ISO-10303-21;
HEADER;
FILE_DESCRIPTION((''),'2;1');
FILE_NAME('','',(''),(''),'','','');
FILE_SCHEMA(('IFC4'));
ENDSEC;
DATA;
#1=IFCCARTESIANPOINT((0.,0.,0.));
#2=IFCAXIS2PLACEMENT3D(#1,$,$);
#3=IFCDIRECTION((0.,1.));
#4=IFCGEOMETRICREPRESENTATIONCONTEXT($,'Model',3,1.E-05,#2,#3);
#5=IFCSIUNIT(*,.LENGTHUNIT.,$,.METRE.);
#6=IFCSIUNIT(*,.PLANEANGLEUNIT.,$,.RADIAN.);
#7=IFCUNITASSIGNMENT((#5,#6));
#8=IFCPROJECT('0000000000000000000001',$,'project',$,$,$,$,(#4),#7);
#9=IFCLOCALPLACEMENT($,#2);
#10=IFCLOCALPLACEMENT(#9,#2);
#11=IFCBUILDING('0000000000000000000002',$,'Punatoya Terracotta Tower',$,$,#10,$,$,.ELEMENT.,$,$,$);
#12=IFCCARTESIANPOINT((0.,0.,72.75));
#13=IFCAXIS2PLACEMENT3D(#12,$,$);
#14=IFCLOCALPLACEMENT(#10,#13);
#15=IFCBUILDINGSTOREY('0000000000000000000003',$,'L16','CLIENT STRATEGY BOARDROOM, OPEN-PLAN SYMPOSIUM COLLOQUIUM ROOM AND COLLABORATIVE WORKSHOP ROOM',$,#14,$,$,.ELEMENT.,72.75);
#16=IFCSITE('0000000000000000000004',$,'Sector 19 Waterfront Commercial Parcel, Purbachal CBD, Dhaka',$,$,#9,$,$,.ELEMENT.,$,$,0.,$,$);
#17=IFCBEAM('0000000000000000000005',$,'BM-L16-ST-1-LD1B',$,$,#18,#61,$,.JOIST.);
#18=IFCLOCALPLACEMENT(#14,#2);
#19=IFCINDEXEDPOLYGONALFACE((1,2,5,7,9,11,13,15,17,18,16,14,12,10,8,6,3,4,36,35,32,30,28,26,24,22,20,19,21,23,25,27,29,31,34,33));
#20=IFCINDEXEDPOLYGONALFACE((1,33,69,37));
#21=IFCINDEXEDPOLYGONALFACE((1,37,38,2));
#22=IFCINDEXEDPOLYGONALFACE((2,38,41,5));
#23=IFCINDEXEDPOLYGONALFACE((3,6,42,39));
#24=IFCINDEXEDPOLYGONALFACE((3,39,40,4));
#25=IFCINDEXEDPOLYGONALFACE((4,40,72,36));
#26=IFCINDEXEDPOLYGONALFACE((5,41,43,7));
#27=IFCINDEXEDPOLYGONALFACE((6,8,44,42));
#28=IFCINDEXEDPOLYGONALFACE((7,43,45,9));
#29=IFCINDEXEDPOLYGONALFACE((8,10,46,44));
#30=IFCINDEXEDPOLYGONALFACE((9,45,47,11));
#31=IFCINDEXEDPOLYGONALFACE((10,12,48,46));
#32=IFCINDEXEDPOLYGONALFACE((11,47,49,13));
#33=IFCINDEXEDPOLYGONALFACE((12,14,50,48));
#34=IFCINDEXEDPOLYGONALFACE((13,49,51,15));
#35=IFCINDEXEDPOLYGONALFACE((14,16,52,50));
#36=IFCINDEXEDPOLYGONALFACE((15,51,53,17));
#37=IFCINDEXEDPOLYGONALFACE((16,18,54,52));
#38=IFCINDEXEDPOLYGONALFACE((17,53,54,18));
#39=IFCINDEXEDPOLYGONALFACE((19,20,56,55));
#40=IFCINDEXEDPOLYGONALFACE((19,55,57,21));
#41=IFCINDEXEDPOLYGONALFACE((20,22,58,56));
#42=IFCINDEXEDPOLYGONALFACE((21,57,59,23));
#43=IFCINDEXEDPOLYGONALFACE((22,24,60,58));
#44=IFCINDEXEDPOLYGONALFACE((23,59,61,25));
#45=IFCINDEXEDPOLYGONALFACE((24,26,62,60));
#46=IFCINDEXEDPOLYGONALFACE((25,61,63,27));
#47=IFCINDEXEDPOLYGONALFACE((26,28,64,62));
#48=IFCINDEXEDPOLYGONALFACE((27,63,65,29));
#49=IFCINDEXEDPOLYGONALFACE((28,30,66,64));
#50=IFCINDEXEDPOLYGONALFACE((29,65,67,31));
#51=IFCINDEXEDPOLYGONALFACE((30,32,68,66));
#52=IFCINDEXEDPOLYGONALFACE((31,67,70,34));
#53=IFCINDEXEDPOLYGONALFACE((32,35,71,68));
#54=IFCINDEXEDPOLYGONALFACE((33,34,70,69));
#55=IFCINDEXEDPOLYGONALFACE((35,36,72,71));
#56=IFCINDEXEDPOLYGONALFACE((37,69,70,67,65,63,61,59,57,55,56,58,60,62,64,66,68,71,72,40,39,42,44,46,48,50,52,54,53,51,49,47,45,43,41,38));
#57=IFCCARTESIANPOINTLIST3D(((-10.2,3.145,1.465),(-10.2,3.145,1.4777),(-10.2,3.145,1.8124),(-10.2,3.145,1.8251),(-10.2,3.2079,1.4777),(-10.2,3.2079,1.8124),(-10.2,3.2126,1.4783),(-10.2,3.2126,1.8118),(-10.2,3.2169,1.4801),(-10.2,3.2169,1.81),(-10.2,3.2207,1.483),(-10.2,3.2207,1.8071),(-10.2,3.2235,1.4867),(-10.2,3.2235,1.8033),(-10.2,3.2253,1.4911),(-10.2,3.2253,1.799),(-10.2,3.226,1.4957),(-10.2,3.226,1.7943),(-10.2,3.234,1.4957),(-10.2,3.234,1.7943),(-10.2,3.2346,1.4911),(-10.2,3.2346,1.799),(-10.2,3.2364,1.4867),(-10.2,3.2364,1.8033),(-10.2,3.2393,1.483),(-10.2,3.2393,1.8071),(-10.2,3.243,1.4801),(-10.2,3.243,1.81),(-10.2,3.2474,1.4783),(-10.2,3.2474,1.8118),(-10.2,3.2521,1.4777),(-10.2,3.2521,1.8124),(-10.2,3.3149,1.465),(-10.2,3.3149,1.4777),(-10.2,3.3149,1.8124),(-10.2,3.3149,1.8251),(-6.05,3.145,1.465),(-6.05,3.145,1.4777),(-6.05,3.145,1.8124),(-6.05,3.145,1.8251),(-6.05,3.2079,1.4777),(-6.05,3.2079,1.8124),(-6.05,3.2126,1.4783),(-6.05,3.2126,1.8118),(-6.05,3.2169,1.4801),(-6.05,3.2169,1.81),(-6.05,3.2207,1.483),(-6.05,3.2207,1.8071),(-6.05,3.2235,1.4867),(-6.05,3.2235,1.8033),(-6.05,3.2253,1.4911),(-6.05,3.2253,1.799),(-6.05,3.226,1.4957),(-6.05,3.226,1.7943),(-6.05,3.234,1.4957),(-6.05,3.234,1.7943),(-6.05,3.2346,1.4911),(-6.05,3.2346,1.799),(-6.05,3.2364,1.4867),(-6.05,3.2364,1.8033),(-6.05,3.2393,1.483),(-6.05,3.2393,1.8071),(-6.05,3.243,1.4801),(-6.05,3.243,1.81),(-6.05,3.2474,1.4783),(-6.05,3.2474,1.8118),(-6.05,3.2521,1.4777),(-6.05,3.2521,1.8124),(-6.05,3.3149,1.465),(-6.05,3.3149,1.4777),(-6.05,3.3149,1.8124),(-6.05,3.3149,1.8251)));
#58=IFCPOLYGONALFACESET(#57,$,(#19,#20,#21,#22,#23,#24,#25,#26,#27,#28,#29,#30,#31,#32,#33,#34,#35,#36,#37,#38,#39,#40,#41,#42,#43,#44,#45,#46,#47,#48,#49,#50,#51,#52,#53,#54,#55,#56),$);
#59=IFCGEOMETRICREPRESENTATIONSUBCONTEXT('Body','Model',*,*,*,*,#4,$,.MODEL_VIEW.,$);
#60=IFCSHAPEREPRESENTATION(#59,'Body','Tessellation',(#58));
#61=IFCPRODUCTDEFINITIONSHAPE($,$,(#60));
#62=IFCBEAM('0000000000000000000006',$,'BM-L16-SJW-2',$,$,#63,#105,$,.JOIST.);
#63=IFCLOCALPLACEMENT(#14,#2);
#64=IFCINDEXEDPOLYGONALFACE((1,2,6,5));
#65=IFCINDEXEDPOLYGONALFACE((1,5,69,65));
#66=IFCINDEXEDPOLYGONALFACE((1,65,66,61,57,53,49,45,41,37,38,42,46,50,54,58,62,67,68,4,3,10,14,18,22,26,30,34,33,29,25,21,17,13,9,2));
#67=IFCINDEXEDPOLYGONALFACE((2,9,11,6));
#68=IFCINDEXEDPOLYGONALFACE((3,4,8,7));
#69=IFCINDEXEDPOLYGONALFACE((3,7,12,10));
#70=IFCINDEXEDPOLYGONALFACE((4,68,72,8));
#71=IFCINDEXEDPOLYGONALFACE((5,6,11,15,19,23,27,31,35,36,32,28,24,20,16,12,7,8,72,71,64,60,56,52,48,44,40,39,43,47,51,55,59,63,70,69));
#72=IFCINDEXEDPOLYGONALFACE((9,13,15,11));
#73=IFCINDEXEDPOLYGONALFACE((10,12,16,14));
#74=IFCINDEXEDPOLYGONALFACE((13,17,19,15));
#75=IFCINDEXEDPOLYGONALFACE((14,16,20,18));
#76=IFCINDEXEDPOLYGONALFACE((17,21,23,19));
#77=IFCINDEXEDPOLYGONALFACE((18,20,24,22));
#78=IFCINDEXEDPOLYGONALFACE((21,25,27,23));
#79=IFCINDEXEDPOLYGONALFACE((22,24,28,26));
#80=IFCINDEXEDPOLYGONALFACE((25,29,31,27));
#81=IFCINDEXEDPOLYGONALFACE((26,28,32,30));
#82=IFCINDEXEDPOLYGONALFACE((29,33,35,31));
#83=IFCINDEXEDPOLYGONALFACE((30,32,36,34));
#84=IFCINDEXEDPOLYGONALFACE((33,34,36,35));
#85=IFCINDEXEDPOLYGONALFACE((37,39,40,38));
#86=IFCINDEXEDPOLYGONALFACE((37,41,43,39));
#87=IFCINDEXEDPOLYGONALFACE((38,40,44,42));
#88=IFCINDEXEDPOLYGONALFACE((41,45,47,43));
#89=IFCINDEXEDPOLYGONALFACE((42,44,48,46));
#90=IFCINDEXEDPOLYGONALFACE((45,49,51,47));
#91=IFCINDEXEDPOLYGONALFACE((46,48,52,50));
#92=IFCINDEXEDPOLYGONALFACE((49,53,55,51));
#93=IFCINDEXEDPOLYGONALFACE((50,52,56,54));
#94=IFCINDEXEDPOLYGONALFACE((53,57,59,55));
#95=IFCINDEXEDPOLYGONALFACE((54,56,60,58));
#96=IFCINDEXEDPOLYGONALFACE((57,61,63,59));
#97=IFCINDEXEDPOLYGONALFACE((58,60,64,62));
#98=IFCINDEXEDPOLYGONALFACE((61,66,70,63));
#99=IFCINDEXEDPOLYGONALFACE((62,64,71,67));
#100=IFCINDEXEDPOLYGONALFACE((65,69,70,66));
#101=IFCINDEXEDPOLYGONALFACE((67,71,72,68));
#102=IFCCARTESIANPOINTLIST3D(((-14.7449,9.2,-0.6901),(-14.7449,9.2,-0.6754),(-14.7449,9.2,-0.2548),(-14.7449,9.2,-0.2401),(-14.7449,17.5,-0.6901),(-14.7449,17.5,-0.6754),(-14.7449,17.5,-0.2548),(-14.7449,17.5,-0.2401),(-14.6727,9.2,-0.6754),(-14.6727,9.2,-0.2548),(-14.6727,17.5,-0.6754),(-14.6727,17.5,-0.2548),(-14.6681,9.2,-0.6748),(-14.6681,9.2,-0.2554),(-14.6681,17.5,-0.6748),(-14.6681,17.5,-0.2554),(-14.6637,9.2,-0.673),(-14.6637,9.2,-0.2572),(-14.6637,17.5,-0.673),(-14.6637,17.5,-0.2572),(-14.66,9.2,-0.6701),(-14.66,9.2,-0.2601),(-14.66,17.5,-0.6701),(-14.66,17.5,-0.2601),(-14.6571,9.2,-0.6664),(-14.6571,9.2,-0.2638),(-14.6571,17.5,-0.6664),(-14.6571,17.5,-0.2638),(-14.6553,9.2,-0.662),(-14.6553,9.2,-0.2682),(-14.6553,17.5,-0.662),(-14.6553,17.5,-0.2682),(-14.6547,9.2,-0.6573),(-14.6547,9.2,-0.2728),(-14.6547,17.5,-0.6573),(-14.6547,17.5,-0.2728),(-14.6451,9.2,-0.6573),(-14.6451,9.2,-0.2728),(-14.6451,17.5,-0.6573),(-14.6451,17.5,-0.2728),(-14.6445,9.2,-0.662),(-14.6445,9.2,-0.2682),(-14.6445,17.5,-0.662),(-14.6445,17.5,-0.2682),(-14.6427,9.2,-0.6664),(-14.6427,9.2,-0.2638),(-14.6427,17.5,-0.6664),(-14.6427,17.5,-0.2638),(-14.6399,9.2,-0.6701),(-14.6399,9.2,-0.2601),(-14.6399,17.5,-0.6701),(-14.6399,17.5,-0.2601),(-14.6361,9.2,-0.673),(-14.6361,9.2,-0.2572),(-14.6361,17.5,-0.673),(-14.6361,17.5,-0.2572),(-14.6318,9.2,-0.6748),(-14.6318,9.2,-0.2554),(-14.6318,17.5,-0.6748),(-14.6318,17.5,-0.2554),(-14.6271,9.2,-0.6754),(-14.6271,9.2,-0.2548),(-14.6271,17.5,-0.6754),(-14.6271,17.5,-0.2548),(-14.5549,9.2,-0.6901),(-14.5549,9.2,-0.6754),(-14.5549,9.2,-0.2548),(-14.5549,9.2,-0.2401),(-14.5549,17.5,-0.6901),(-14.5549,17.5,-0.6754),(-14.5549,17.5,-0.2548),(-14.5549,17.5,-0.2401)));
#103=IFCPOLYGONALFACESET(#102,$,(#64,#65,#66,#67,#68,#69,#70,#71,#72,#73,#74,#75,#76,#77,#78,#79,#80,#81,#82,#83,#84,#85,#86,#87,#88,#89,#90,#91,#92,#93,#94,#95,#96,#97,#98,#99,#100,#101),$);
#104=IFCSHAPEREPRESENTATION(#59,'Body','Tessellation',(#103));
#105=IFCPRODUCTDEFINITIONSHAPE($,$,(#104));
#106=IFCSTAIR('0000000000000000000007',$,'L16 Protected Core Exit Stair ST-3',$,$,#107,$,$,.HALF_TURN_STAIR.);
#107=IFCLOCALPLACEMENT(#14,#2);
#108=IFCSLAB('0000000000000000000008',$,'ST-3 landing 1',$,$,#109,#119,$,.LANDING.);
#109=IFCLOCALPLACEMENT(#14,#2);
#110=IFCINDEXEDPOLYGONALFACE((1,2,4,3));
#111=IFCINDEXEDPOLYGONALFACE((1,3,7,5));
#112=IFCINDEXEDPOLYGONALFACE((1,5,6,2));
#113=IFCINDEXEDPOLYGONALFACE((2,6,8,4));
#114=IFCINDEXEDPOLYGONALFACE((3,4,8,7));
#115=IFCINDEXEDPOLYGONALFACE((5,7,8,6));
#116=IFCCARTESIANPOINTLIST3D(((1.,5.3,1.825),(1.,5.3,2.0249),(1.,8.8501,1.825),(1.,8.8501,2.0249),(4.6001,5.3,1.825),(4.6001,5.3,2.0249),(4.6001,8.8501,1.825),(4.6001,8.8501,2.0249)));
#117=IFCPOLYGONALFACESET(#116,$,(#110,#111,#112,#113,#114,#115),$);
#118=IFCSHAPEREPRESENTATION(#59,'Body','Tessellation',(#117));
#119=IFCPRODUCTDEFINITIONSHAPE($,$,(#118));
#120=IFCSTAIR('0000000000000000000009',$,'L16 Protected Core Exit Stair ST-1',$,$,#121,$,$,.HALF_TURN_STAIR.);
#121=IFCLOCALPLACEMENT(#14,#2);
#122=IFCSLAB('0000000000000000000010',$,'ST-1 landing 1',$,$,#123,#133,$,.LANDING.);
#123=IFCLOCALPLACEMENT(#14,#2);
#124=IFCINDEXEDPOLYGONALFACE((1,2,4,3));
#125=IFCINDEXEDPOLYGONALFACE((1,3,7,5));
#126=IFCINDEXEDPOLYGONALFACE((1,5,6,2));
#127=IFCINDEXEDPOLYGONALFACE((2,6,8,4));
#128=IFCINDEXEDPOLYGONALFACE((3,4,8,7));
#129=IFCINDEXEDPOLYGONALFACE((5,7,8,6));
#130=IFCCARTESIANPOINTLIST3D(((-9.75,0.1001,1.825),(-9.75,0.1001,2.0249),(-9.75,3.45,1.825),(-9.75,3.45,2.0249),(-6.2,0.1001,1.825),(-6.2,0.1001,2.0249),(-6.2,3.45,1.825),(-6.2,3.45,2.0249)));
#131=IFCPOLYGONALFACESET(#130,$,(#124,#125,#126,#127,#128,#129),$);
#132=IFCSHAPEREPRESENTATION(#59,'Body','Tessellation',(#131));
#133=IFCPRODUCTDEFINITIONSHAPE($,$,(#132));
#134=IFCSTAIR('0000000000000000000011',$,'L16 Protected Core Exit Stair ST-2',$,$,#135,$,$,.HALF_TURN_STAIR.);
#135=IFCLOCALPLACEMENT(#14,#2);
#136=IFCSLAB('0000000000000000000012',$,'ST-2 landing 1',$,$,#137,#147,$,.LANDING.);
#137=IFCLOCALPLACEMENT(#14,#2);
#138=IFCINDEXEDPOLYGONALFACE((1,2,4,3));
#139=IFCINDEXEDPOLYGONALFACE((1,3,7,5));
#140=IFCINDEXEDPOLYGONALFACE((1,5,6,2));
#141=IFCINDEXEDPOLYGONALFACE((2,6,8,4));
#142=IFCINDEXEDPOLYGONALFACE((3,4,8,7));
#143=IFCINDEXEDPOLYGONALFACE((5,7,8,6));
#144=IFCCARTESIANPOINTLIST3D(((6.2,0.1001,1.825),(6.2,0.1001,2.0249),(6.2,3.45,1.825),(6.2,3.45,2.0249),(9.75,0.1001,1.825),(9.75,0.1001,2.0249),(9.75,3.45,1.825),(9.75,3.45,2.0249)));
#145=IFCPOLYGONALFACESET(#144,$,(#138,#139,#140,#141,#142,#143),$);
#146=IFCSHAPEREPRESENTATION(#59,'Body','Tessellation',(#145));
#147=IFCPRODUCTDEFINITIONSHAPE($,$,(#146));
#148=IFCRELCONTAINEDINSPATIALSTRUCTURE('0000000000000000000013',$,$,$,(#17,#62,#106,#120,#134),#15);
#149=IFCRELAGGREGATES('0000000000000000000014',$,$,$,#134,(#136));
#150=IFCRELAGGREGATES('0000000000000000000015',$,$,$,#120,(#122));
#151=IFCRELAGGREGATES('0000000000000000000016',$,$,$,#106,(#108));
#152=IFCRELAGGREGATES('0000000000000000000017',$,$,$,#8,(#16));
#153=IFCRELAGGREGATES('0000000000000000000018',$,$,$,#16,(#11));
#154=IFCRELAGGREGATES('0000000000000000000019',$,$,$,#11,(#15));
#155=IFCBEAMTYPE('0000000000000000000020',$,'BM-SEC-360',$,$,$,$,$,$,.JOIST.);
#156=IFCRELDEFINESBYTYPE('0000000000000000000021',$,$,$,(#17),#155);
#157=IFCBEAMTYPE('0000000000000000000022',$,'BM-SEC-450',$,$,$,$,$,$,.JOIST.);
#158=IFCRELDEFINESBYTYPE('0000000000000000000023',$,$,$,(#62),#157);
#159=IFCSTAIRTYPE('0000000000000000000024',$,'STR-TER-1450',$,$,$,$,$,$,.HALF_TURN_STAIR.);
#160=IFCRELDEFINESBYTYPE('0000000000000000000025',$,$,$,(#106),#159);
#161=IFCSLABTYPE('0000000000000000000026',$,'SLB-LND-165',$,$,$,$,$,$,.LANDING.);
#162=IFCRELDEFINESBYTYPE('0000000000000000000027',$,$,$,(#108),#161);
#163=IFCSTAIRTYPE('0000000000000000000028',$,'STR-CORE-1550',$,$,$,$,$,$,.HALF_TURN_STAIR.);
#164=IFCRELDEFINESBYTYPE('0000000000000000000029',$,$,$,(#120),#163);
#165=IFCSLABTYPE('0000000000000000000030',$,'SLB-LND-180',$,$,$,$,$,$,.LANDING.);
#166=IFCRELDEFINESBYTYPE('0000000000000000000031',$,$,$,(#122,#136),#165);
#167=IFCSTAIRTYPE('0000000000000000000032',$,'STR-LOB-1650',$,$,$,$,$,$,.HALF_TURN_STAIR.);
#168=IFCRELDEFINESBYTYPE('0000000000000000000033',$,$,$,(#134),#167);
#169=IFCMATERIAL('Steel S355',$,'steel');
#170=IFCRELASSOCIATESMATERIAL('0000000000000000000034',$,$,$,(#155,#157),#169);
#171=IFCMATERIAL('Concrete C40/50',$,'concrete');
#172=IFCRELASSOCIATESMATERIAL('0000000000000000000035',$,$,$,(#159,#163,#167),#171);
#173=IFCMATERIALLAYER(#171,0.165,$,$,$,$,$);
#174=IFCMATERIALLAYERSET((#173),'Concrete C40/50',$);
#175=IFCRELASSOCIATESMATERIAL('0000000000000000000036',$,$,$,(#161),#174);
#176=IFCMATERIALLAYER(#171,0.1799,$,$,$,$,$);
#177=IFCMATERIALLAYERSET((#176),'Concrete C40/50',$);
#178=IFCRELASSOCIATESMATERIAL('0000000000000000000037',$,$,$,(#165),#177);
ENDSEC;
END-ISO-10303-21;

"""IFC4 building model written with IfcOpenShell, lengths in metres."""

from ifc_helpers import new_model, si_unit, direction, frame, origin, origin_2d, place, context, subcontext, project, spatial, polyline, i_section, outline, extrude, material, layer, layer_set, material_profile, profile_set, type_object, element, aggregate, save


model = new_model("IFC4")

# Units and contexts
model_context = context("Model", 3, precision=1e-05, world=origin(), true_north=direction((0.0, 1.0)))
body_context = subcontext(model_context, "Body", "Model", "MODEL_VIEW")
ifc_project = project(units=[si_unit("LENGTHUNIT", "METRE"), si_unit("PLANEANGLEUNIT", "RADIAN")], contexts=[model_context])

# Site, building, storey
site_placement = place(None, origin())
site = spatial("IfcSite", under=ifc_project, at=site_placement, Name="Sector 19 Waterfront Commercial Parcel, Purbachal CBD, Dhaka", CompositionType="ELEMENT", RefElevation=0.0)
building_placement = place(site_placement, origin())
building = spatial("IfcBuilding", under=site, at=building_placement, Name="Punatoya Terracotta Tower", CompositionType="ELEMENT")
storey_placement = place(building_placement, frame((0.0, 0.0, 72.75)))
storey = spatial("IfcBuildingStorey", under=building, at=storey_placement, Name="L16", Description="CLIENT STRATEGY BOARDROOM, OPEN-PLAN SYMPOSIUM COLLOQUIUM ROOM AND COLLABORATIVE WORKSHOP ROOM", CompositionType="ELEMENT", Elevation=72.75)

# Beams
ifc_material_1 = material(Name="Steel S355", Category="steel")
ifc_material_profile_1 = material_profile(ifc_material_1, i_section(OverallWidth=0.1699, OverallDepth=0.3601, WebThickness=0.0081, FlangeThickness=0.0127, FilletRadius=0.0181, at=origin_2d()))
ifc_profile_set_1 = profile_set([ifc_material_profile_1], Name="Steel S355")
beam_type_1 = type_object("IfcBeamType", Name="BM-SEC-360", PredefinedType="JOIST", material=ifc_profile_set_1)
for number, where, z_axis, x_axis, name in (
    (1, (-10.2, 3.23, 1.645), (1.0, 0.0, 0.0), (0.0, 1.0, 0.0), "BM-L16-ST-1-LD1B"),
):
    element("IfcBeam", number, at=place(storey_placement, frame(where, z_axis=z_axis, x_axis=x_axis)), inside=storey, type_object=beam_type_1, Name=name, PredefinedType="JOIST", context=body_context, shape_type="SweptSolid", body=[
        extrude(i_section(OverallWidth=0.1699, OverallDepth=0.3601, WebThickness=0.0081, FlangeThickness=0.0127, FilletRadius=0.0181, at=origin_2d()), origin(), (0.0, 0.0, 1.0), 4.1499),
    ])
ifc_material_profile_2 = material_profile(ifc_material_1, i_section(OverallWidth=0.1899, OverallDepth=0.45, WebThickness=0.0095, FlangeThickness=0.0146, FilletRadius=0.0181, at=origin_2d()))
ifc_profile_set_2 = profile_set([ifc_material_profile_2], Name="Steel S355")
beam_type_2 = type_object("IfcBeamType", Name="BM-SEC-450", PredefinedType="JOIST", material=ifc_profile_set_2)
beam_1_placement = place(storey_placement, frame((-14.6499, 9.2, -0.4651), z_axis=(0.0, 1.0, 0.0), x_axis=(-1.0, 0.0, 0.0)))
element("IfcBeam", 2, at=beam_1_placement, inside=storey, type_object=beam_type_2, Name="BM-L16-SJW-2", PredefinedType="JOIST", context=body_context, shape_type="SweptSolid", body=[
    extrude(i_section(OverallWidth=0.1899, OverallDepth=0.45, WebThickness=0.0095, FlangeThickness=0.0146, FilletRadius=0.0181, at=origin_2d()), origin(), (0.0, 0.0, 1.0), 8.3),
])

# Stairs, slabs
ifc_material_2 = material(Name="Concrete C40/50", Category="concrete")
stair_type_1 = type_object("IfcStairType", Name="STR-TER-1450", PredefinedType="HALF_TURN_STAIR", material=ifc_material_2)
stair_1_placement = place(storey_placement, origin())
stair_1 = element("IfcStair", 3, at=stair_1_placement, inside=storey, type_object=stair_type_1, Name="L16 Protected Core Exit Stair ST-3", PredefinedType="HALF_TURN_STAIR")
ifc_layer_1 = layer(ifc_material_2, 0.165)
ifc_layer_set_1 = layer_set([ifc_layer_1], Name="Concrete C40/50")
slab_type_1 = type_object("IfcSlabType", Name="SLB-LND-165", PredefinedType="LANDING", material=ifc_layer_set_1)
slab_1_placement = place(storey_placement, frame((0.0, 0.0, 1.825)))
slab_1 = element("IfcSlab", 4, at=slab_1_placement, type_object=slab_type_1, Name="ST-3 landing 1", PredefinedType="LANDING", context=body_context, shape_type="SweptSolid", body=[
    extrude(outline(polyline([(1.0, 5.3), (4.6001, 5.3), (4.6001, 8.8501), (1.0, 8.8501), (1.0, 5.3)])), origin(), (0.0, 0.0, 1.0), 0.2),
])
stair_type_2 = type_object("IfcStairType", Name="STR-CORE-1550", PredefinedType="HALF_TURN_STAIR", material=ifc_material_2)
stair_2_placement = place(storey_placement, origin())
stair_2 = element("IfcStair", 5, at=stair_2_placement, inside=storey, type_object=stair_type_2, Name="L16 Protected Core Exit Stair ST-1", PredefinedType="HALF_TURN_STAIR")
ifc_layer_2 = layer(ifc_material_2, 0.1799)
ifc_layer_set_2 = layer_set([ifc_layer_2], Name="Concrete C40/50")
slab_type_2 = type_object("IfcSlabType", Name="SLB-LND-180", PredefinedType="LANDING", material=ifc_layer_set_2)
slab_2_placement = place(storey_placement, frame((0.0, 0.0, 1.825)))
slab_2 = element("IfcSlab", 6, at=slab_2_placement, type_object=slab_type_2, Name="ST-1 landing 1", PredefinedType="LANDING", context=body_context, shape_type="SweptSolid", body=[
    extrude(outline(polyline([(-6.2, 0.1001), (-6.2, 3.45), (-9.75, 3.45), (-9.75, 0.1001), (-6.2, 0.1001)])), origin(), (0.0, 0.0, 1.0), 0.2),
])
stair_type_3 = type_object("IfcStairType", Name="STR-LOB-1650", PredefinedType="HALF_TURN_STAIR", material=ifc_material_2)
stair_3_placement = place(storey_placement, origin())
stair_3 = element("IfcStair", 7, at=stair_3_placement, inside=storey, type_object=stair_type_3, Name="L16 Protected Core Exit Stair ST-2", PredefinedType="HALF_TURN_STAIR")
slab_3_placement = place(storey_placement, frame((0.0, 0.0, 1.825)))
slab_3 = element("IfcSlab", 8, at=slab_3_placement, type_object=slab_type_2, Name="ST-2 landing 1", PredefinedType="LANDING", context=body_context, shape_type="SweptSolid", body=[
    extrude(outline(polyline([(9.75, 0.1001), (9.75, 3.45), (6.2, 3.45), (6.2, 0.1001), (9.75, 0.1001)])), origin(), (0.0, 0.0, 1.0), 0.2),
])
aggregate(stair_3, [slab_3])

aggregate(stair_2, [slab_2])
aggregate(stair_1, [slab_1])

save(model, "model.ifc")
